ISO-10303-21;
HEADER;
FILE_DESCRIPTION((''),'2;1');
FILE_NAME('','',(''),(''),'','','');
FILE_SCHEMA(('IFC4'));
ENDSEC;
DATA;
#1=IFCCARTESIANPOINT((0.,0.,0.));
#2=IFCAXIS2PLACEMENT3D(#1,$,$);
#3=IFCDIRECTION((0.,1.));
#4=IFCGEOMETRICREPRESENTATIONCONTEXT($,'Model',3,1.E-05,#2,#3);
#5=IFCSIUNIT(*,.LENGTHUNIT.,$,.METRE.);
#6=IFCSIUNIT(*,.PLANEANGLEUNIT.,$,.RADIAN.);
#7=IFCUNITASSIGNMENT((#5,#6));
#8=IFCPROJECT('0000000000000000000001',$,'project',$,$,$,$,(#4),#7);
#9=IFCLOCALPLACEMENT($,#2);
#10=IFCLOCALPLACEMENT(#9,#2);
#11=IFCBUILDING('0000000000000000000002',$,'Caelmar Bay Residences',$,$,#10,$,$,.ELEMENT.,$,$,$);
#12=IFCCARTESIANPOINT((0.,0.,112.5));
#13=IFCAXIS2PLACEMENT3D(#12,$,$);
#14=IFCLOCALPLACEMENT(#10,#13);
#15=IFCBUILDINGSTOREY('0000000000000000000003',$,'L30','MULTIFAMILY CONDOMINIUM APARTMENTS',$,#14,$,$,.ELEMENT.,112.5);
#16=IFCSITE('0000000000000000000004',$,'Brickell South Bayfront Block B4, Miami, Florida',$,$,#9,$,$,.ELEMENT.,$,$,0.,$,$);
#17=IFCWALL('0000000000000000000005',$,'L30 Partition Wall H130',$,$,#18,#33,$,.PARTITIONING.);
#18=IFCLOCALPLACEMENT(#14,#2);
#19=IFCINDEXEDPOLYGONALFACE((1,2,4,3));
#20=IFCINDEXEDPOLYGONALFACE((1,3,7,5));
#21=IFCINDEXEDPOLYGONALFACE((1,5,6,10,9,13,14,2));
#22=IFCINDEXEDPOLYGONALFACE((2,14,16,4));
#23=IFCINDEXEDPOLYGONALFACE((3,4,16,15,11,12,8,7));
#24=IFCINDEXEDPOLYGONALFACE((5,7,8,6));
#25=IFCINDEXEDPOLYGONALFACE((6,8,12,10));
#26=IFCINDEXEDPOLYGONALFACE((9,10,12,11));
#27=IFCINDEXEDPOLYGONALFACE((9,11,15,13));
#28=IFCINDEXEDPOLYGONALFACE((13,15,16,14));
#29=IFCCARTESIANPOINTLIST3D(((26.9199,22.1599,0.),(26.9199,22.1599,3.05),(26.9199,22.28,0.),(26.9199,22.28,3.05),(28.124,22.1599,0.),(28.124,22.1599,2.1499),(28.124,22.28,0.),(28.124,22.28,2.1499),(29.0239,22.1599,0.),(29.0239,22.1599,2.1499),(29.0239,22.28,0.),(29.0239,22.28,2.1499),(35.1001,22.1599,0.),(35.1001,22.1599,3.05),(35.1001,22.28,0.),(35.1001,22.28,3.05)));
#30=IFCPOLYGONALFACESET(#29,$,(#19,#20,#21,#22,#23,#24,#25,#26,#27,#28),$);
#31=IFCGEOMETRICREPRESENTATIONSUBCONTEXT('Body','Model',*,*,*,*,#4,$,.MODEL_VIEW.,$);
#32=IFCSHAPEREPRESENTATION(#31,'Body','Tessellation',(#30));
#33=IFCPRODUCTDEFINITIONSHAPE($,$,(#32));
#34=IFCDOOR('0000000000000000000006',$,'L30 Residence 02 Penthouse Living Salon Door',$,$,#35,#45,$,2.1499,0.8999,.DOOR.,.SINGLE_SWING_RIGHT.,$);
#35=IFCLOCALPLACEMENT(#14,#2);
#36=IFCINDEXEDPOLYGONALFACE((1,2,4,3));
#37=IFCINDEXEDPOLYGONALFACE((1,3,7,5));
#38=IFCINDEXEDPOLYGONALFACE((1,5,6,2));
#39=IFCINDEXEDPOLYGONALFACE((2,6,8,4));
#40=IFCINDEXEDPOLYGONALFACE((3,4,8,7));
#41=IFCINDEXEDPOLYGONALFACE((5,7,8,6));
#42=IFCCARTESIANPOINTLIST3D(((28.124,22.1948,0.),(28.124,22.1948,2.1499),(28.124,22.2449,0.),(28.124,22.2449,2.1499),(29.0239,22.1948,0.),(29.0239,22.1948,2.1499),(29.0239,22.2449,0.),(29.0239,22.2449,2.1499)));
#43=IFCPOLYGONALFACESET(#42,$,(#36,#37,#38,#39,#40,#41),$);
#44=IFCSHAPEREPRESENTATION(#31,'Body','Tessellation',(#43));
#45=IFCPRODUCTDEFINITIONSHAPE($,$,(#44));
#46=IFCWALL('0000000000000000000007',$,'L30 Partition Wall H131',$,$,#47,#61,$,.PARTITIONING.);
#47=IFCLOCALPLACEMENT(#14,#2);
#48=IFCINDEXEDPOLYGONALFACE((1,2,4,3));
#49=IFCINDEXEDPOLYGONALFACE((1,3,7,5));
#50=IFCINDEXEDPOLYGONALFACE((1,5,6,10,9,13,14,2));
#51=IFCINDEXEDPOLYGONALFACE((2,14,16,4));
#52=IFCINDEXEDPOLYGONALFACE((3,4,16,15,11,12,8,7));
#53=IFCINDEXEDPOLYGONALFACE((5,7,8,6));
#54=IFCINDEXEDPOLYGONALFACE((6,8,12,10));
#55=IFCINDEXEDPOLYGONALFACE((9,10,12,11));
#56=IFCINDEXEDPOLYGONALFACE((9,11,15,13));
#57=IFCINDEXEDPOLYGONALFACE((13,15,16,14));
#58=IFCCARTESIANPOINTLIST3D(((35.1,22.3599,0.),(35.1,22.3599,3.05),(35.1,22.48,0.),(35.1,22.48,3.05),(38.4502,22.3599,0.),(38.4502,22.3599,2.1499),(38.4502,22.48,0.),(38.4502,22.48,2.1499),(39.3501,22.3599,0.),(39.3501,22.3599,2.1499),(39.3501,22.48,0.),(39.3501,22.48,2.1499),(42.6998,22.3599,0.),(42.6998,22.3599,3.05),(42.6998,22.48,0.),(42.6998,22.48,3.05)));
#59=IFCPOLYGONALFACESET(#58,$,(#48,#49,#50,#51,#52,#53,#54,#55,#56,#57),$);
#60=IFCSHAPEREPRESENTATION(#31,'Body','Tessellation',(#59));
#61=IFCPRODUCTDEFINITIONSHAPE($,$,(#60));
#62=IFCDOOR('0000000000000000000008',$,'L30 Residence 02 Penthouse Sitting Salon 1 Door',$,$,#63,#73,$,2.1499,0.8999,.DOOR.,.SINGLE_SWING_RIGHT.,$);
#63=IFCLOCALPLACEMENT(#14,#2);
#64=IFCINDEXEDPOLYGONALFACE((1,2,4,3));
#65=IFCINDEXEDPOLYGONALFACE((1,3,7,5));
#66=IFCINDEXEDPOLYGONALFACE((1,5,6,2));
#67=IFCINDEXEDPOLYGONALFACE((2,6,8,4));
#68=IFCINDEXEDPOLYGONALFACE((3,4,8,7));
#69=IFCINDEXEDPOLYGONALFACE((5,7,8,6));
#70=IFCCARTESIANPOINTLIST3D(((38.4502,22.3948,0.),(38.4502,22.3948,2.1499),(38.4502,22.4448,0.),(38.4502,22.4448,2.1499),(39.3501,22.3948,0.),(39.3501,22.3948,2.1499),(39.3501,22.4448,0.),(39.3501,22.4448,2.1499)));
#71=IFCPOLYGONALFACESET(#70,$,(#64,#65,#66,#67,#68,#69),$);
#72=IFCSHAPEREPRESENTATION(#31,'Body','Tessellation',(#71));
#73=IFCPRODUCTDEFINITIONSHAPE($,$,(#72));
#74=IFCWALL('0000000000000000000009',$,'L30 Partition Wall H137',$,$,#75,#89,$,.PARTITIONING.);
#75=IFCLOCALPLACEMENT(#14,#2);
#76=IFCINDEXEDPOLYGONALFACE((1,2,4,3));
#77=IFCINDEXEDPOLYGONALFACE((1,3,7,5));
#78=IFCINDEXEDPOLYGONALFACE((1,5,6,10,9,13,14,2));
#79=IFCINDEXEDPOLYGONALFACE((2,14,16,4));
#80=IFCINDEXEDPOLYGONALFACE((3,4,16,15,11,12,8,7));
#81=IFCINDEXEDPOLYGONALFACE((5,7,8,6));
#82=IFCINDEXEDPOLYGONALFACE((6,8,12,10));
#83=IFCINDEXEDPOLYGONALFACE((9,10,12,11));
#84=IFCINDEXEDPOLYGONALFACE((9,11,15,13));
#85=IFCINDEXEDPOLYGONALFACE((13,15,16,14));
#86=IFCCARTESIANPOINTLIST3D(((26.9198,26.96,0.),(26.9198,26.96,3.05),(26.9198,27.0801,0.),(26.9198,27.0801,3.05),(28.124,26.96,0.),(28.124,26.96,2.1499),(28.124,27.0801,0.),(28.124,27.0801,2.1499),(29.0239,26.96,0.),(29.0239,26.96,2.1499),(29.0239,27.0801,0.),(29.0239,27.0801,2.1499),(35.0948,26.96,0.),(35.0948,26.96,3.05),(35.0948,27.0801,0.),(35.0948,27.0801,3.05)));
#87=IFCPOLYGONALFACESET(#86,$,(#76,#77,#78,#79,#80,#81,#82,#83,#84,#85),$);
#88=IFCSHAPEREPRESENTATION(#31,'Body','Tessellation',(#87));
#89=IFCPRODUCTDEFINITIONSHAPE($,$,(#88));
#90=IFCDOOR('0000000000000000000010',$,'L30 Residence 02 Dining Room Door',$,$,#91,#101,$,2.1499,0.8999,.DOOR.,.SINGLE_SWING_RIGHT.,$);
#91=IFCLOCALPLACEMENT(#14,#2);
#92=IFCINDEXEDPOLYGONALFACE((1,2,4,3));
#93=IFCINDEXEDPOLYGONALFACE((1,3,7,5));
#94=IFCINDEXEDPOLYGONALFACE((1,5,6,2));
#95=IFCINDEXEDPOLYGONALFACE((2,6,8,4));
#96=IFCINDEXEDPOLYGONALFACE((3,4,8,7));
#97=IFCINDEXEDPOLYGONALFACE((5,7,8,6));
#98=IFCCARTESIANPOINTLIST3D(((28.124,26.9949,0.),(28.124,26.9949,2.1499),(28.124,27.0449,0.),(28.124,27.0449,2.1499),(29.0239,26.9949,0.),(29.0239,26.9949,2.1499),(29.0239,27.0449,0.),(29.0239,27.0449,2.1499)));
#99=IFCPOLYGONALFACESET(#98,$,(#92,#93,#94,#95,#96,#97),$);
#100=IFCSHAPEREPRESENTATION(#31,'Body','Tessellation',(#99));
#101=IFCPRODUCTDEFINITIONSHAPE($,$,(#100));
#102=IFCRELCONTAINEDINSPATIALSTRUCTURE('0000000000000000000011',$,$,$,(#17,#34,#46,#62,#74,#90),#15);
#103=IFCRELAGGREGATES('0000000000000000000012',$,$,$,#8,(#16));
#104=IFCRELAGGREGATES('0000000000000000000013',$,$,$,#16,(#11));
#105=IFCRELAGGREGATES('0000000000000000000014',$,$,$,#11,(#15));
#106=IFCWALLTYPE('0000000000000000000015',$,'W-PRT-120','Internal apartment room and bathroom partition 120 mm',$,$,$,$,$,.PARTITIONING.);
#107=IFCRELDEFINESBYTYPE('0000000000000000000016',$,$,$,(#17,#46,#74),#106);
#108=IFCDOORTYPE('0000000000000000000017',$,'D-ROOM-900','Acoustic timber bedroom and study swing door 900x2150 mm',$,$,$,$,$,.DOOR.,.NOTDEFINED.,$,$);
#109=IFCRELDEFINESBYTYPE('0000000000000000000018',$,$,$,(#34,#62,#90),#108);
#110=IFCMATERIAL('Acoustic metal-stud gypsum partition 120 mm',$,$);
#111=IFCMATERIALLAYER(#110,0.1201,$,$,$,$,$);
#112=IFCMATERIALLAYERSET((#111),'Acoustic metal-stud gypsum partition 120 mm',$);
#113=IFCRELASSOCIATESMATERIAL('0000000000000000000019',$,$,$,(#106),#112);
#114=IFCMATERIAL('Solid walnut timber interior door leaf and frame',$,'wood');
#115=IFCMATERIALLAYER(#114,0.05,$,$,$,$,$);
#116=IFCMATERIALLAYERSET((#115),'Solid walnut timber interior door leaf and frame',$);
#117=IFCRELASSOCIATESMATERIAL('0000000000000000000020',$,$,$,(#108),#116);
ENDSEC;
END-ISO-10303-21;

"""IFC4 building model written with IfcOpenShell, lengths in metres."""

from ifc_helpers import new_model, si_unit, direction, frame, frame_2d, origin, place, context, subcontext, project, spatial, rectangle, extrude, material, layer, layer_set, type_object, element, fill, save


model = new_model("IFC4")

# Units and contexts
model_context = context("Model", 3, precision=1e-05, world=origin(), true_north=direction((0.0, 1.0)))
body_context = subcontext(model_context, "Body", "Model", "MODEL_VIEW")
ifc_project = project(units=[si_unit("LENGTHUNIT", "METRE"), si_unit("PLANEANGLEUNIT", "RADIAN")], contexts=[model_context])

# Site, building, storey
site_placement = place(None, origin())
site = spatial("IfcSite", under=ifc_project, at=site_placement, Name="Brickell South Bayfront Block B4, Miami, Florida", CompositionType="ELEMENT", RefElevation=0.0)
building_placement = place(site_placement, origin())
building = spatial("IfcBuilding", under=site, at=building_placement, Name="Caelmar Bay Residences", CompositionType="ELEMENT")
storey_placement = place(building_placement, frame((0.0, 0.0, 112.5)))
storey = spatial("IfcBuildingStorey", under=building, at=storey_placement, Name="L30", Description="MULTIFAMILY CONDOMINIUM APARTMENTS", CompositionType="ELEMENT", Elevation=112.5)

# Shared definitions
ifc_material_1 = material(Name="Acoustic metal-stud gypsum partition 120 mm")
ifc_layer_1 = layer(ifc_material_1, 0.1201)
ifc_layer_set_1 = layer_set([ifc_layer_1], Name="Acoustic metal-stud gypsum partition 120 mm")
wall_type = type_object("IfcWallType", Name="W-PRT-120", Description="Internal apartment room and bathroom partition 120 mm", PredefinedType="PARTITIONING", material=ifc_layer_set_1)
ifc_material_2 = material(Name="Solid walnut timber interior door leaf and frame", Category="wood")
ifc_layer_2 = layer(ifc_material_2, 0.05)
ifc_layer_set_2 = layer_set([ifc_layer_2], Name="Solid walnut timber interior door leaf and frame")
door_type_1 = type_object("IfcDoorType", Name="D-ROOM-900", Description="Acoustic timber bedroom and study swing door 900x2150 mm", OperationType="NOTDEFINED", PredefinedType="DOOR", material=ifc_layer_set_2)

# Walls, openings, doors
wall_1_placement = place(storey_placement, frame((26.9199, 22.22, 0.0), z_axis=(0.0, 0.0, 1.0), x_axis=(1.0, 0.0, 0.0)))
wall_1 = element("IfcWall", 1, at=wall_1_placement, inside=storey, type_object=wall_type, Name="L30 Partition Wall H130", PredefinedType="PARTITIONING", context=body_context, shape_type="SweptSolid", body=[
    extrude(rectangle(XDim=8.1802, YDim=0.1201, at=frame_2d((4.0901, 0.0))), origin(), (0.0, 0.0, 1.0), 3.05),
])
opening_1_placement = place(wall_1_placement, frame((1.2041, 0.0, 0.0)))
opening_1 = element("IfcOpeningElement", 2, at=opening_1_placement, cuts=wall_1, PredefinedType="OPENING", context=body_context, shape_type="SweptSolid", body=[
    extrude(rectangle(XDim=0.8999, YDim=2.1499, at=frame_2d((0.45, 1.075))), frame((0.0, 0.0701, 0.0), z_axis=(0.0, -1.0, 0.0), x_axis=(1.0, 0.0, 0.0)), (0.0, 0.0, 1.0), 0.1401),
])
door_1_placement = place(opening_1_placement, origin())
door_1 = element("IfcDoor", 3, at=door_1_placement, inside=storey, type_object=door_type_1, Name="L30 Residence 02 Penthouse Living Salon Door", OperationType="SINGLE_SWING_RIGHT", OverallHeight=2.1499, OverallWidth=0.8999, PredefinedType="DOOR", context=body_context, shape_type="SweptSolid", body=[
    extrude(rectangle(XDim=0.8999, YDim=2.1499, at=frame_2d((0.45, 1.075))), frame((0.0, 0.0249, 0.0), z_axis=(0.0, -1.0, 0.0), x_axis=(1.0, 0.0, 0.0)), (0.0, 0.0, 1.0), 0.05),
])
fill(opening_1, door_1)
wall_2_placement = place(storey_placement, frame((35.1001, 22.4199, 0.0), z_axis=(0.0, 0.0, 1.0), x_axis=(1.0, 0.0, 0.0)))
wall_2 = element("IfcWall", 4, at=wall_2_placement, inside=storey, type_object=wall_type, Name="L30 Partition Wall H131", PredefinedType="PARTITIONING", context=body_context, shape_type="SweptSolid", body=[
    extrude(rectangle(XDim=7.5999, YDim=0.1201, at=frame_2d((3.7998, 0.0))), origin(), (0.0, 0.0, 1.0), 3.05),
])
opening_2_placement = place(wall_2_placement, frame((3.3501, 0.0, 0.0)))
opening_2 = element("IfcOpeningElement", 5, at=opening_2_placement, cuts=wall_2, PredefinedType="OPENING", context=body_context, shape_type="SweptSolid", body=[
    extrude(rectangle(XDim=0.8999, YDim=2.1499, at=frame_2d((0.45, 1.075))), frame((0.0, 0.0701, 0.0), z_axis=(0.0, -1.0, 0.0), x_axis=(1.0, 0.0, 0.0)), (0.0, 0.0, 1.0), 0.1401),
])
door_2_placement = place(opening_2_placement, origin())
door_2 = element("IfcDoor", 6, at=door_2_placement, inside=storey, type_object=door_type_1, Name="L30 Residence 02 Penthouse Sitting Salon 1 Door", OperationType="SINGLE_SWING_RIGHT", OverallHeight=2.1499, OverallWidth=0.8999, PredefinedType="DOOR", context=body_context, shape_type="SweptSolid", body=[
    extrude(rectangle(XDim=0.8999, YDim=2.1499, at=frame_2d((0.45, 1.075))), frame((0.0, 0.0249, 0.0), z_axis=(0.0, -1.0, 0.0), x_axis=(1.0, 0.0, 0.0)), (0.0, 0.0, 1.0), 0.05),
])
fill(opening_2, door_2)
wall_3_placement = place(storey_placement, frame((26.9199, 27.02, 0.0), z_axis=(0.0, 0.0, 1.0), x_axis=(1.0, 0.0, 0.0)))
wall_3 = element("IfcWall", 7, at=wall_3_placement, inside=storey, type_object=wall_type, Name="L30 Partition Wall H137", PredefinedType="PARTITIONING", context=body_context, shape_type="SweptSolid", body=[
    extrude(rectangle(XDim=8.175, YDim=0.1201, at=frame_2d((4.0874, 0.0))), origin(), (0.0, 0.0, 1.0), 3.05),
])
opening_3_placement = place(wall_3_placement, frame((1.2041, 0.0, 0.0)))
opening_3 = element("IfcOpeningElement", 8, at=opening_3_placement, cuts=wall_3, PredefinedType="OPENING", context=body_context, shape_type="SweptSolid", body=[
    extrude(rectangle(XDim=0.8999, YDim=2.1499, at=frame_2d((0.45, 1.075))), frame((0.0, 0.0701, 0.0), z_axis=(0.0, -1.0, 0.0), x_axis=(1.0, 0.0, 0.0)), (0.0, 0.0, 1.0), 0.1401),
])
door_3_placement = place(opening_3_placement, origin())
door_3 = element("IfcDoor", 9, at=door_3_placement, inside=storey, type_object=door_type_1, Name="L30 Residence 02 Dining Room Door", OperationType="SINGLE_SWING_RIGHT", OverallHeight=2.1499, OverallWidth=0.8999, PredefinedType="DOOR", context=body_context, shape_type="SweptSolid", body=[
    extrude(rectangle(XDim=0.8999, YDim=2.1499, at=frame_2d((0.45, 1.075))), frame((0.0, 0.0249, 0.0), z_axis=(0.0, -1.0, 0.0), x_axis=(1.0, 0.0, 0.0)), (0.0, 0.0, 1.0), 0.05),
])
fill(opening_3, door_3)

save(model, "model.ifc")
